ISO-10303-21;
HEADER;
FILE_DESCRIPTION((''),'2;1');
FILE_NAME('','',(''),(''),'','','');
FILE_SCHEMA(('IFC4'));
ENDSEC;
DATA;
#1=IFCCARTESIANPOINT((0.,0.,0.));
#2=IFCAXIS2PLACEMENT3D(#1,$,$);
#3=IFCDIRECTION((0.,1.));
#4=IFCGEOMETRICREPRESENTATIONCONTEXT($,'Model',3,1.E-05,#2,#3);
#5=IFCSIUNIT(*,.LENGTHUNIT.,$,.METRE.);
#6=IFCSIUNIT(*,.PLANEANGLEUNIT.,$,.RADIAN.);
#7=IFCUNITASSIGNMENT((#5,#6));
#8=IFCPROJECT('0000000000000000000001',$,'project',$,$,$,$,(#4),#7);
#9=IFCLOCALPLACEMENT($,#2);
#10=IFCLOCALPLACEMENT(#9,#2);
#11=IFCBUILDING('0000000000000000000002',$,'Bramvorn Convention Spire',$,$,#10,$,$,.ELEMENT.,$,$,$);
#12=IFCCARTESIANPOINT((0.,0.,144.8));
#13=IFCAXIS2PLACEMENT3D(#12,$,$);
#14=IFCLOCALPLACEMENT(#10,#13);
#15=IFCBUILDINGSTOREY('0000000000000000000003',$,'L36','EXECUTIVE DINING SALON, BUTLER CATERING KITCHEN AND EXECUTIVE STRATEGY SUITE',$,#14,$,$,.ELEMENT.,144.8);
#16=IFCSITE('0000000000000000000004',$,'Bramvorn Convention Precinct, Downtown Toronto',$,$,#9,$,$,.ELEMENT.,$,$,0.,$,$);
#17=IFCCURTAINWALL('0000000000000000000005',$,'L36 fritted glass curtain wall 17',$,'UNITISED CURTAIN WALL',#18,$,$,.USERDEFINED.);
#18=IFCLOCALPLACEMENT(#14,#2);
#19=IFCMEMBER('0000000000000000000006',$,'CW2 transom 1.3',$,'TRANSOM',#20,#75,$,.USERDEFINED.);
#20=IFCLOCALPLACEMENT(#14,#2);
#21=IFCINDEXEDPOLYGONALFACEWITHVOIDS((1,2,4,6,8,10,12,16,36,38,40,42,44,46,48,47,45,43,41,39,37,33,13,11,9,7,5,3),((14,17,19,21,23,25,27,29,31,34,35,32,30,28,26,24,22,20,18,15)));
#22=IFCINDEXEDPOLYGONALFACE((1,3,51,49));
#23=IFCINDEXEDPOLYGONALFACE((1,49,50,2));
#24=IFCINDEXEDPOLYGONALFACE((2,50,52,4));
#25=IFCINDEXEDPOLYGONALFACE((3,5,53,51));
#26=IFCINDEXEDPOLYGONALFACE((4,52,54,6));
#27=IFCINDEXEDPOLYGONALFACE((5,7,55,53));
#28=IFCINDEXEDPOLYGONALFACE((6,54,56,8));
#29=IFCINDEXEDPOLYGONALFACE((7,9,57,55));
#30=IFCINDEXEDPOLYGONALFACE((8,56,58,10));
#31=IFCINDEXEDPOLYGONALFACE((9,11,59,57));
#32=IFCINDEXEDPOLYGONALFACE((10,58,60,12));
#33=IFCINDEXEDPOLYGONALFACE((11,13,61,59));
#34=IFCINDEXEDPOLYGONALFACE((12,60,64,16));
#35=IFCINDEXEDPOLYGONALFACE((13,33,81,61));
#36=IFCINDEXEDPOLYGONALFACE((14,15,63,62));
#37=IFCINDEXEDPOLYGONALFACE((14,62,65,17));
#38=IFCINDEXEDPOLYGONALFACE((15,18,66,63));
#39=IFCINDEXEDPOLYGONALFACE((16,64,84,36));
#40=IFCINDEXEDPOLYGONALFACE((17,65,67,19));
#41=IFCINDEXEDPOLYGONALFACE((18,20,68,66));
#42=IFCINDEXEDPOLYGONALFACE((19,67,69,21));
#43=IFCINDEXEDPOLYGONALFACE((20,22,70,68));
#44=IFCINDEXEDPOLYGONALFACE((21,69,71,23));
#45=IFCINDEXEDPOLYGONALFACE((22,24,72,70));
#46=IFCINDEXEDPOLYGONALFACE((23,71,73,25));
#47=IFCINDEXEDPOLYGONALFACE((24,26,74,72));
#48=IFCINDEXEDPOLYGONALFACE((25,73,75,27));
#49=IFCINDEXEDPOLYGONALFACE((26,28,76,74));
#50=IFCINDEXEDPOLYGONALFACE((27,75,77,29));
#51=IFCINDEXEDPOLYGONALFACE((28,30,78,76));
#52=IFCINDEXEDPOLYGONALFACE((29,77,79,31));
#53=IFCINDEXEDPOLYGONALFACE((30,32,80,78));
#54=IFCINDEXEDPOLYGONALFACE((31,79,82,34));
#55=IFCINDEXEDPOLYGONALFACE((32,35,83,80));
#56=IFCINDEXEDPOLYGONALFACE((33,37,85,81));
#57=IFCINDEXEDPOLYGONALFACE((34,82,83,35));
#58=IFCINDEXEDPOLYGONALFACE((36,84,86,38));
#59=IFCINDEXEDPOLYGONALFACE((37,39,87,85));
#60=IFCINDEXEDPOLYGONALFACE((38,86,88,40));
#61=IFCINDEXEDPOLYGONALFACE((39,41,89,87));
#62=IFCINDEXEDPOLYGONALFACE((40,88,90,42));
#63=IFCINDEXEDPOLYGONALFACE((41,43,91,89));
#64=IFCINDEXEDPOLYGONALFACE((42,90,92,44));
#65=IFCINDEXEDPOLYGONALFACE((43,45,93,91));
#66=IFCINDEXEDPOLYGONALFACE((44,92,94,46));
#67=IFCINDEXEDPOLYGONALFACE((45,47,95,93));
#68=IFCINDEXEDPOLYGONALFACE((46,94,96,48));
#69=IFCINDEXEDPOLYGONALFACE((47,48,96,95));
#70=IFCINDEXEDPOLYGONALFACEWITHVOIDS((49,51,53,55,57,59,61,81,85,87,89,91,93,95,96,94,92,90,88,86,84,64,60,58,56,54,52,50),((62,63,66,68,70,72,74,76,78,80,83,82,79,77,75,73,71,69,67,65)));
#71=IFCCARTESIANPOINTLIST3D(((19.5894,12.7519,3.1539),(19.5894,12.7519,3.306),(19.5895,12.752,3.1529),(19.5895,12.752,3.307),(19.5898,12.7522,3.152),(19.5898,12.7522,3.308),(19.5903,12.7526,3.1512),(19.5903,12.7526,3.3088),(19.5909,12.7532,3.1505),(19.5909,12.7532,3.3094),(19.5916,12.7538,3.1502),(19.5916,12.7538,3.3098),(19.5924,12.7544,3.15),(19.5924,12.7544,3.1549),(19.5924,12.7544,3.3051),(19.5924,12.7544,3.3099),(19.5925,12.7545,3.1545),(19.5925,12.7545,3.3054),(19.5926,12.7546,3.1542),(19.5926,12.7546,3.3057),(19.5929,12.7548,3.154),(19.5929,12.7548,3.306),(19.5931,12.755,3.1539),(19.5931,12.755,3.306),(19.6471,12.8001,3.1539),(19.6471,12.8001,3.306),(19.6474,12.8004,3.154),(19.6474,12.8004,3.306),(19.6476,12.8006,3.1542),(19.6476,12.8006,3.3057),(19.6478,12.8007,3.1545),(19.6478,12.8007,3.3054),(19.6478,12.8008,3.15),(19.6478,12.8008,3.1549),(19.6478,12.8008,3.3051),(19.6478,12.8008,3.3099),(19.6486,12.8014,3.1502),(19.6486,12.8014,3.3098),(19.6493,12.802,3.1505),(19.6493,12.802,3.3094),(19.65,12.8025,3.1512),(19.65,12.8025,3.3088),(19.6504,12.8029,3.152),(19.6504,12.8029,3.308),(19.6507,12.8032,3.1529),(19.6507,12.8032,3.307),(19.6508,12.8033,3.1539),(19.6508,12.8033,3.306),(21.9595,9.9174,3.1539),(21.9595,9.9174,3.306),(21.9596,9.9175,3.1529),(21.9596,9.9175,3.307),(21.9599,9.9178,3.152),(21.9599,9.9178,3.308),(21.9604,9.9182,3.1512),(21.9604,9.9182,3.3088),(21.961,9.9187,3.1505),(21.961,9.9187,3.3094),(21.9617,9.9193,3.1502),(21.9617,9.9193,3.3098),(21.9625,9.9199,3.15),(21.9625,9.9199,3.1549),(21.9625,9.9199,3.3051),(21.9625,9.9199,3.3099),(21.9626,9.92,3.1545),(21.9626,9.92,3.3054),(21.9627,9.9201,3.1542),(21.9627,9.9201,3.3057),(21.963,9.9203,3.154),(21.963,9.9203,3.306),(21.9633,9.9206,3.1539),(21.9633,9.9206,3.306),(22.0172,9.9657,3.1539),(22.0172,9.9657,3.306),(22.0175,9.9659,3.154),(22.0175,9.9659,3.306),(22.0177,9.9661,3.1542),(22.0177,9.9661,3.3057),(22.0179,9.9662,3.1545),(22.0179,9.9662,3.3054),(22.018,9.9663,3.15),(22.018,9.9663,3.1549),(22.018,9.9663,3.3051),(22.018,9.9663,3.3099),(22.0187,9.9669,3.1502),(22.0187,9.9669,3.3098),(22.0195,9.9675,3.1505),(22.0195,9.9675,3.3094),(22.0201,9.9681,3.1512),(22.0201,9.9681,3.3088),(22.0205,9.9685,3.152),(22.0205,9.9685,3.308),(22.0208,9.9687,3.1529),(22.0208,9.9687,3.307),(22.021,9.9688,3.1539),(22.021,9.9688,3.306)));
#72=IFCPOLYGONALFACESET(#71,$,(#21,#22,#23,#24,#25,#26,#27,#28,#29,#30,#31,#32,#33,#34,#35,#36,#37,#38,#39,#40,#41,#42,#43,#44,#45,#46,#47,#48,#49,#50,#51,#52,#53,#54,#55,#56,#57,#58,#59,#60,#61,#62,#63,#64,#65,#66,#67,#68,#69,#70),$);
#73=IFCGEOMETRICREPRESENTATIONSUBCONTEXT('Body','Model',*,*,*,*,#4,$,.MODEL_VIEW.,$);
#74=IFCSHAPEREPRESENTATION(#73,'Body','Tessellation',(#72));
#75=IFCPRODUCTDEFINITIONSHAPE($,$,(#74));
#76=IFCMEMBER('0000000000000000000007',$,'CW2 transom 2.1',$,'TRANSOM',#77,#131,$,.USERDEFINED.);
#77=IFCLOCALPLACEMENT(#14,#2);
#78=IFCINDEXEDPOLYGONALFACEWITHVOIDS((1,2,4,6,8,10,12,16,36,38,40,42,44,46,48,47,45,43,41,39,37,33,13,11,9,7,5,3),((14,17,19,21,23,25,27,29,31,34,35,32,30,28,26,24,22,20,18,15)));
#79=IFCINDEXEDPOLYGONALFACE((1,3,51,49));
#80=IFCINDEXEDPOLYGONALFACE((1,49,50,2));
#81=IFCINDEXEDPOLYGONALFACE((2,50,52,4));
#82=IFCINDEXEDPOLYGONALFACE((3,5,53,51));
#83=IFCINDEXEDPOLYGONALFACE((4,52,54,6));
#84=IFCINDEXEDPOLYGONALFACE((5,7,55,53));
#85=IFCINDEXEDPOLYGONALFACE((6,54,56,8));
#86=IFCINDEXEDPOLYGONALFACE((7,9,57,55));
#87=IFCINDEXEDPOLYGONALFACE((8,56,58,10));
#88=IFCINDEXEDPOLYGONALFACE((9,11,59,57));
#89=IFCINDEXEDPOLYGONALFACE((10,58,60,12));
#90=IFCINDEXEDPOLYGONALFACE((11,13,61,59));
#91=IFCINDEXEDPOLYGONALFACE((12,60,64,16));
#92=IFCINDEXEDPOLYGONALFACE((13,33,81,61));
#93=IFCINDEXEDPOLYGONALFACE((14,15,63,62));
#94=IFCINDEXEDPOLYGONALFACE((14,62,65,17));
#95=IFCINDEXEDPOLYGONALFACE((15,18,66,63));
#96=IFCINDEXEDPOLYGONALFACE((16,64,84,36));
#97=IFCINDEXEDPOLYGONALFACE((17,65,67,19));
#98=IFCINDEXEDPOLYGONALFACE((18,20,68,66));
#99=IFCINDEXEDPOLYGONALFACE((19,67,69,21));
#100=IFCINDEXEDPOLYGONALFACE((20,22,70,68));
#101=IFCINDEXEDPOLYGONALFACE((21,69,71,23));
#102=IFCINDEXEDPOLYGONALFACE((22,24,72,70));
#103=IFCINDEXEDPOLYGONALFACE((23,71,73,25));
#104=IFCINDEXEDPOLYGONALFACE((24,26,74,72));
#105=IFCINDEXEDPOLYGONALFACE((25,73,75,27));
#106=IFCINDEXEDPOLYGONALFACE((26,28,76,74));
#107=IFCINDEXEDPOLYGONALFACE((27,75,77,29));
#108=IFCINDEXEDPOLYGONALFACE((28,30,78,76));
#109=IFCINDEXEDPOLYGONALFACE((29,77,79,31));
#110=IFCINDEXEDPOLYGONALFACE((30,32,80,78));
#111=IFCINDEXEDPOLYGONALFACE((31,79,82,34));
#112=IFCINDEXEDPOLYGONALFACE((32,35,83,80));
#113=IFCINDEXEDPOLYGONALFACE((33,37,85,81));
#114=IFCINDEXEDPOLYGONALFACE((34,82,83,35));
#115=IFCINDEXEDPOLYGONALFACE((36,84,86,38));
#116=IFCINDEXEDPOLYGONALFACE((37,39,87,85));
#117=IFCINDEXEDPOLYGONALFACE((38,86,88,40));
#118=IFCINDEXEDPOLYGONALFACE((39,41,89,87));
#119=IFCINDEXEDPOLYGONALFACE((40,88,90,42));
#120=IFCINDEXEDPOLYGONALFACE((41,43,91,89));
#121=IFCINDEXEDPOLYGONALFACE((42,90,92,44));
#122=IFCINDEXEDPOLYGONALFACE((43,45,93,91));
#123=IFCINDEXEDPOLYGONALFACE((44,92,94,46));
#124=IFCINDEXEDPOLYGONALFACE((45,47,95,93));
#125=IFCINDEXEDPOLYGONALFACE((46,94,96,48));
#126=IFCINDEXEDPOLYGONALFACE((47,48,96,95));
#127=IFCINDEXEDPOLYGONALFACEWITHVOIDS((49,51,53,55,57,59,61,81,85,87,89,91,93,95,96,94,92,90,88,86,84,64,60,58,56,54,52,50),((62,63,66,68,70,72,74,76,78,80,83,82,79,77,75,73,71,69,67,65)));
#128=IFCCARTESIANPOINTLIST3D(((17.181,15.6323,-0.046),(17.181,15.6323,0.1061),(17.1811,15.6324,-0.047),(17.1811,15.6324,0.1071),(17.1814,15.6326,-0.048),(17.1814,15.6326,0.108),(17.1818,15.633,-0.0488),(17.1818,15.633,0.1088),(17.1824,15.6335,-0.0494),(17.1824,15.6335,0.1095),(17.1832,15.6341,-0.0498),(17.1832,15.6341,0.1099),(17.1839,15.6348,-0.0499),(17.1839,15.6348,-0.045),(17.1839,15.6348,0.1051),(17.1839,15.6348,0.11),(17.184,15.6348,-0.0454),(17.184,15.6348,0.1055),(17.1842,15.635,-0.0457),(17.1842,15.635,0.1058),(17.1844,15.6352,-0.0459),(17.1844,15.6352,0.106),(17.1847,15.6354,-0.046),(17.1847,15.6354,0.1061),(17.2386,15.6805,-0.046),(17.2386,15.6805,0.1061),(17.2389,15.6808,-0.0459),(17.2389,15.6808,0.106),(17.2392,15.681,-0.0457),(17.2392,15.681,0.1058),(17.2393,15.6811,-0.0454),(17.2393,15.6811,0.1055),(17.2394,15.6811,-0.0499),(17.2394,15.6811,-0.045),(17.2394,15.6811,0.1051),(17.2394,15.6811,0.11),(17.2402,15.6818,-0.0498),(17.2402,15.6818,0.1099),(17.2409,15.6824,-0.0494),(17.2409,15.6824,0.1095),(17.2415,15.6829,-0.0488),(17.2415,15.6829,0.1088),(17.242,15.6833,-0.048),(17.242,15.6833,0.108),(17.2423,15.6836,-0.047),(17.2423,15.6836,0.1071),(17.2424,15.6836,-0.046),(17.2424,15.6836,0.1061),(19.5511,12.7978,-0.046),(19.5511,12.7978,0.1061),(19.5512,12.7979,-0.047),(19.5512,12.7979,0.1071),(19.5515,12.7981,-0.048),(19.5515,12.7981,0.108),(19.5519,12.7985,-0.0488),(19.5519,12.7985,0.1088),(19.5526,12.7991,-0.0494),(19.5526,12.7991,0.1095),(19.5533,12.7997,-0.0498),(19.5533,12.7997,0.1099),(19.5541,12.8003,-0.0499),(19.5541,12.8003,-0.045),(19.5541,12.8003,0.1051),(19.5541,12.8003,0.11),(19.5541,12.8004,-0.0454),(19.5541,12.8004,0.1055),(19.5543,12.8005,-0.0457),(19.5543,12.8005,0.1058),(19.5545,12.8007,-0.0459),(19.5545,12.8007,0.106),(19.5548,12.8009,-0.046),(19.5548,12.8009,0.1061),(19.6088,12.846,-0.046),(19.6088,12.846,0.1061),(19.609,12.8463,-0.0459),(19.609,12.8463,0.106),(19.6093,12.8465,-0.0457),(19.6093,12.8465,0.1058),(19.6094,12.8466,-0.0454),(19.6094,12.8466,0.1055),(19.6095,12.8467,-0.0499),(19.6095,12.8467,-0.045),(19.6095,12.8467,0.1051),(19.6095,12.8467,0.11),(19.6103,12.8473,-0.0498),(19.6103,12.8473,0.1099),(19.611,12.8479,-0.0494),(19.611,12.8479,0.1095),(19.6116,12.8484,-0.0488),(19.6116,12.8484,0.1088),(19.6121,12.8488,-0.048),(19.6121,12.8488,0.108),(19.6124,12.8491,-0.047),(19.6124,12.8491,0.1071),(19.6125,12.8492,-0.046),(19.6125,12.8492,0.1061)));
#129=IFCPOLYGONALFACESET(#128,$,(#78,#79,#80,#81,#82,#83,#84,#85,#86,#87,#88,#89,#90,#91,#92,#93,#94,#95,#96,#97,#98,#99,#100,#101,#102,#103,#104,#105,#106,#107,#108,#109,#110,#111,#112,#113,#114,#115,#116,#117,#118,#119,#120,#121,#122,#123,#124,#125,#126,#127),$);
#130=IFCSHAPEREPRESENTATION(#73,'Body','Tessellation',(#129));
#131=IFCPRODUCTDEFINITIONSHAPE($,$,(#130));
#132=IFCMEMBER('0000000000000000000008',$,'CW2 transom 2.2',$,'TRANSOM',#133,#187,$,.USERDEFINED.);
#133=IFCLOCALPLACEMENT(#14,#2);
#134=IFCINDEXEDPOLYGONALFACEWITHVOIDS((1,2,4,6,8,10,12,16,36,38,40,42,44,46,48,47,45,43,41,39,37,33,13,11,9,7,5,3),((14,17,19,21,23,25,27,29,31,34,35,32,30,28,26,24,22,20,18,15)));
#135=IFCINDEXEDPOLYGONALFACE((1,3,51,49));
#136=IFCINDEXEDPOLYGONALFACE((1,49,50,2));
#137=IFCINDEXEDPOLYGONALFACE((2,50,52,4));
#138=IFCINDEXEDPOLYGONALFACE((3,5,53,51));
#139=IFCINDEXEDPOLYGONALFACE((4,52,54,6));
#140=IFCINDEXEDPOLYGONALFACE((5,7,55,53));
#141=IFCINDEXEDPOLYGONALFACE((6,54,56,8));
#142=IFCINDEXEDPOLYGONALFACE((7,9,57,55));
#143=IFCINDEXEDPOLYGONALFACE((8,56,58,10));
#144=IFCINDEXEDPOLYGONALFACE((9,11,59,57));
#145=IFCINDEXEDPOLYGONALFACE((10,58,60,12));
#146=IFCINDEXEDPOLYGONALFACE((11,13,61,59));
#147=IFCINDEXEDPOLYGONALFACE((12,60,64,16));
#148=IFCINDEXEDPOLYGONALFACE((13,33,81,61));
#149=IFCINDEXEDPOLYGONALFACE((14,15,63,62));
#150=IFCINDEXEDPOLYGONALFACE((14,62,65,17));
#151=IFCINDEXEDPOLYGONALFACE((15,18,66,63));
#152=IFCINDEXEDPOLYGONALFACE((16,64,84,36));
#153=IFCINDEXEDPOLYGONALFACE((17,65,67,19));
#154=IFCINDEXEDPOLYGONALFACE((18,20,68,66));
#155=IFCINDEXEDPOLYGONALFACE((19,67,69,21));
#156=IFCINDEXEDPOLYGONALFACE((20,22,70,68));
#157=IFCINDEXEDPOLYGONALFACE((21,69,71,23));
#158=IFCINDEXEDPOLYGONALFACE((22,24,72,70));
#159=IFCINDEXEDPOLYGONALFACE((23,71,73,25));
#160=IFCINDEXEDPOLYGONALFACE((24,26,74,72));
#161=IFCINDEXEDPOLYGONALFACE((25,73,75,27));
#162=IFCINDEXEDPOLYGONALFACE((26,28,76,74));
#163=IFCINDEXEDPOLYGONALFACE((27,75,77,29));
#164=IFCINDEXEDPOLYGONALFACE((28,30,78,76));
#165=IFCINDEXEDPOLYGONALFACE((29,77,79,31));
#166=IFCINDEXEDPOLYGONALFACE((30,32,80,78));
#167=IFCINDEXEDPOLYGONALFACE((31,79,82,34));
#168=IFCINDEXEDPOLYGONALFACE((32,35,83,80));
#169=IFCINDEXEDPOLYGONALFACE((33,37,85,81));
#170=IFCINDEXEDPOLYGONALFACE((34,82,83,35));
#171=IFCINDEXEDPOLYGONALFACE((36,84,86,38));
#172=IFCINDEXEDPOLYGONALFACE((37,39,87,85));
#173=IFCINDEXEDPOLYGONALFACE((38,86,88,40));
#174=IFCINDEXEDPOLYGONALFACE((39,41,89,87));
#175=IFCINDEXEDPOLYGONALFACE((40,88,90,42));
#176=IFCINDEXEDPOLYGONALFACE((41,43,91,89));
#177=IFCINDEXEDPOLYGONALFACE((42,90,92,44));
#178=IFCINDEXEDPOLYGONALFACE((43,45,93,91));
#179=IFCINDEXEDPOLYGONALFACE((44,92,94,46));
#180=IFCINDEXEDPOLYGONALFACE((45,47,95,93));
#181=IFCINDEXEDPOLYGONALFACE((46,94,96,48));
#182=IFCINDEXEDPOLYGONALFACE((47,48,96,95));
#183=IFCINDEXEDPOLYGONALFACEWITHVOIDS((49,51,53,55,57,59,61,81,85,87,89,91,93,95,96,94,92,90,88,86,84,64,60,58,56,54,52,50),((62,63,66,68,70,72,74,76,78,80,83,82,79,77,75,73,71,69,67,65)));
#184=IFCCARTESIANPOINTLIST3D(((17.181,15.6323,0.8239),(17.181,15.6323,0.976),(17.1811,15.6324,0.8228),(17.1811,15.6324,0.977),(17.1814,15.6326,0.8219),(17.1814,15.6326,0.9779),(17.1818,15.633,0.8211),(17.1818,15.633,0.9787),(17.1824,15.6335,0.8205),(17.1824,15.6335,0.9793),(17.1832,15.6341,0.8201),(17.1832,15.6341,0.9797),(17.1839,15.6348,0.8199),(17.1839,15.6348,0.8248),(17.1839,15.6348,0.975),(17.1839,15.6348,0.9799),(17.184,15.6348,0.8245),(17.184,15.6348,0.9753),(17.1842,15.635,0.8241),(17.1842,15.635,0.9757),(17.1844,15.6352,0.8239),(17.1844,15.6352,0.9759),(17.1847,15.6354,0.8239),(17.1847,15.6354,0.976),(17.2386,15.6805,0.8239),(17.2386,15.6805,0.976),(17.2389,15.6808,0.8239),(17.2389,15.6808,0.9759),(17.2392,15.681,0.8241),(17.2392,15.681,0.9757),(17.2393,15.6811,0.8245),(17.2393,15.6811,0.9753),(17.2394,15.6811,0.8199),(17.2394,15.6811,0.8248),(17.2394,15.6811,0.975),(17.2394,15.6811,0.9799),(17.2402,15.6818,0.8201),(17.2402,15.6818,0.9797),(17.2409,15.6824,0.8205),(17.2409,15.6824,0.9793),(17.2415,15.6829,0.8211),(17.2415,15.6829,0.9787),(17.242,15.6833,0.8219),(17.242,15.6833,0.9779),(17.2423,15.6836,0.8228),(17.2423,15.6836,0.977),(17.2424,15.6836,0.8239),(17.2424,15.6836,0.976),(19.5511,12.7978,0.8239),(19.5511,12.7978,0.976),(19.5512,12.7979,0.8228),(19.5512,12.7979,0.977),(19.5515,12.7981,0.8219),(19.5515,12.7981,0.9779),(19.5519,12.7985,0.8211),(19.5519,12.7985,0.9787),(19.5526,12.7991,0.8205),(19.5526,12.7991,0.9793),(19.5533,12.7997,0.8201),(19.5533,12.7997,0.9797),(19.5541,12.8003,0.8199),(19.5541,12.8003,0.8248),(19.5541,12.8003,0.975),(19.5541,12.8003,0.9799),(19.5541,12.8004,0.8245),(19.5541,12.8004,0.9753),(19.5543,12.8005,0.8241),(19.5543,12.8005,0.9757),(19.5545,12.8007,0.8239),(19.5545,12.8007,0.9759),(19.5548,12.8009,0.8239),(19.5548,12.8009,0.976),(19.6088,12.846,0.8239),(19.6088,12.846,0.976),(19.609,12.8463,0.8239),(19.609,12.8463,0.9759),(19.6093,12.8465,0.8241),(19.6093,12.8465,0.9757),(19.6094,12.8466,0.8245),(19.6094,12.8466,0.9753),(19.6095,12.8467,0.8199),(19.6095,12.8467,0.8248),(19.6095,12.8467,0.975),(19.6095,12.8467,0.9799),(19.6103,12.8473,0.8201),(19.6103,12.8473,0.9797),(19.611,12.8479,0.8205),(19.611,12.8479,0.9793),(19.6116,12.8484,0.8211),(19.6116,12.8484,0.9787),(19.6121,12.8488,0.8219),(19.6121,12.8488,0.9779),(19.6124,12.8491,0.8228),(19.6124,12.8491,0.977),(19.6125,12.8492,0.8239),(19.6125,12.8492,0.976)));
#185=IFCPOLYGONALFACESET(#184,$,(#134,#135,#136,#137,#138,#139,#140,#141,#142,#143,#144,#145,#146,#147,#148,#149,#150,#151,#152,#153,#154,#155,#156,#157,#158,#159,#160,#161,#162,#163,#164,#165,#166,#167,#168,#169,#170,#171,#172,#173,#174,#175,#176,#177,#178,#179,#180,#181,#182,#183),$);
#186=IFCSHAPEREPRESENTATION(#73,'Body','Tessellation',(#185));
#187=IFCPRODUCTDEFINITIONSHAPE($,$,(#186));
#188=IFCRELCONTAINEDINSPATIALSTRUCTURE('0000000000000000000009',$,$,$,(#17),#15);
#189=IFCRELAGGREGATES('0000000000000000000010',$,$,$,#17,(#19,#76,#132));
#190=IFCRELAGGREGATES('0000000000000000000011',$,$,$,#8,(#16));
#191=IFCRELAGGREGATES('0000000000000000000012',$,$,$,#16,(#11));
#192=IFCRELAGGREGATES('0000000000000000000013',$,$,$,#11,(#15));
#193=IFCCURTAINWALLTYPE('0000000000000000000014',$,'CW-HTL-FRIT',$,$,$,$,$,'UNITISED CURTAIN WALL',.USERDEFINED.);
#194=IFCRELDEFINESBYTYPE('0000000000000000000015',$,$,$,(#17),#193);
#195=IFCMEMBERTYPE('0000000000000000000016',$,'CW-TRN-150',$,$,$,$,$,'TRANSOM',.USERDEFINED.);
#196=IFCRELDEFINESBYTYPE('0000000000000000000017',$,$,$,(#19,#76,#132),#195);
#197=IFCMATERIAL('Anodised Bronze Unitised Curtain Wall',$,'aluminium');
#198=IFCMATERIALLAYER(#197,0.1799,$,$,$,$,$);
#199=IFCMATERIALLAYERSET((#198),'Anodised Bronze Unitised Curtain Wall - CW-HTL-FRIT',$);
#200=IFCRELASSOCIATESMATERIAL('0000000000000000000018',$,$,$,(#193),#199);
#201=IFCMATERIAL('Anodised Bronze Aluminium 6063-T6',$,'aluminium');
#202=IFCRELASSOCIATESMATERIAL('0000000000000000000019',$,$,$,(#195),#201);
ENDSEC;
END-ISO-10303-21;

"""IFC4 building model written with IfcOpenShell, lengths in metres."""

from ifc_helpers import new_model, si_unit, direction, frame, origin, origin_2d, place, context, subcontext, project, spatial, hollow_rectangle, extrude, material, layer, layer_set, material_profile, profile_set, type_object, element, aggregate, save


model = new_model("IFC4")

# Units and contexts
model_context = context("Model", 3, precision=1e-05, world=origin(), true_north=direction((0.0, 1.0)))
body_context = subcontext(model_context, "Body", "Model", "MODEL_VIEW")
ifc_project = project(units=[si_unit("LENGTHUNIT", "METRE"), si_unit("PLANEANGLEUNIT", "RADIAN")], contexts=[model_context])

# Site, building, storey
site_placement = place(None, origin())
site = spatial("IfcSite", under=ifc_project, at=site_placement, Name="Bramvorn Convention Precinct, Downtown Toronto", CompositionType="ELEMENT", RefElevation=0.0)
building_placement = place(site_placement, origin())
building = spatial("IfcBuilding", under=site, at=building_placement, Name="Bramvorn Convention Spire", CompositionType="ELEMENT")
storey_placement = place(building_placement, frame((0.0, 0.0, 144.8)))
storey = spatial("IfcBuildingStorey", under=building, at=storey_placement, Name="L36", Description="EXECUTIVE DINING SALON, BUTLER CATERING KITCHEN AND EXECUTIVE STRATEGY SUITE", CompositionType="ELEMENT", Elevation=144.8)

# Curtain wall, members
ifc_material_1 = material(Name="Anodised Bronze Unitised Curtain Wall", Category="aluminium")
ifc_layer_1 = layer(ifc_material_1, 0.1799)
ifc_layer_set_1 = layer_set([ifc_layer_1], Name="Anodised Bronze Unitised Curtain Wall - CW-HTL-FRIT")
curtain_wall_type = type_object("IfcCurtainWallType", Name="CW-HTL-FRIT", ElementType="UNITISED CURTAIN WALL", PredefinedType="USERDEFINED", material=ifc_layer_set_1)
curtain_wall_placement = place(storey_placement, origin())
curtain_wall = element("IfcCurtainWall", 1, at=curtain_wall_placement, inside=storey, type_object=curtain_wall_type, Name="L36 fritted glass curtain wall 17", ObjectType="UNITISED CURTAIN WALL", PredefinedType="USERDEFINED")
ifc_material_2 = material(Name="Anodised Bronze Aluminium 6063-T6", Category="aluminium")
ifc_material_profile_1 = material_profile(ifc_material_2, hollow_rectangle(XDim=0.0801, YDim=0.1599, WallThickness=0.0039, InnerFilletRadius=0.001, OuterFilletRadius=0.0039, at=origin_2d()))
ifc_profile_set_1 = profile_set([ifc_material_profile_1], Name="Anodised Bronze Aluminium 6063-T6 - CWT80X160")
member_type_1 = type_object("IfcMemberType", Name="CW-TRN-150", ElementType="TRANSOM", PredefinedType="USERDEFINED", material=ifc_profile_set_1)
member_1_placement = place(storey_placement, frame((21.9902, 9.9431, 3.23), z_axis=(-0.64147, 0.767148, 0.0), x_axis=(-0.767148, -0.64147, 0.0)))
member_1 = element("IfcMember", 2, at=member_1_placement, type_object=member_type_1, Name="CW2 transom 1.3", ObjectType="TRANSOM", PredefinedType="USERDEFINED", context=body_context, shape_type="SweptSolid", body=[
    extrude(hollow_rectangle(XDim=0.0801, YDim=0.1599, WallThickness=0.0039, InnerFilletRadius=0.001, OuterFilletRadius=0.0039, at=origin_2d()), origin(), (0.0, 0.0, 1.0), 3.6948),
])
member_2_placement = place(storey_placement, frame((19.5818, 12.8235, 0.03), z_axis=(-0.64147, 0.767148, 0.0), x_axis=(-0.767148, -0.64147, 0.0)))
member_2 = element("IfcMember", 3, at=member_2_placement, type_object=member_type_1, Name="CW2 transom 2.1", ObjectType="TRANSOM", PredefinedType="USERDEFINED", context=body_context, shape_type="SweptSolid", body=[
    extrude(hollow_rectangle(XDim=0.0801, YDim=0.1599, WallThickness=0.0039, InnerFilletRadius=0.001, OuterFilletRadius=0.0039, at=origin_2d()), origin(), (0.0, 0.0, 1.0), 3.6948),
])
member_3_placement = place(storey_placement, frame((19.5818, 12.8235, 0.8999), z_axis=(-0.64147, 0.767148, 0.0), x_axis=(-0.767148, -0.64147, 0.0)))
member_3 = element("IfcMember", 4, at=member_3_placement, type_object=member_type_1, Name="CW2 transom 2.2", ObjectType="TRANSOM", PredefinedType="USERDEFINED", context=body_context, shape_type="SweptSolid", body=[
    extrude(hollow_rectangle(XDim=0.0801, YDim=0.1599, WallThickness=0.0039, InnerFilletRadius=0.001, OuterFilletRadius=0.0039, at=origin_2d()), origin(), (0.0, 0.0, 1.0), 3.6948),
])
aggregate(curtain_wall, [member_1, member_2, member_3])

save(model, "model.ifc")
